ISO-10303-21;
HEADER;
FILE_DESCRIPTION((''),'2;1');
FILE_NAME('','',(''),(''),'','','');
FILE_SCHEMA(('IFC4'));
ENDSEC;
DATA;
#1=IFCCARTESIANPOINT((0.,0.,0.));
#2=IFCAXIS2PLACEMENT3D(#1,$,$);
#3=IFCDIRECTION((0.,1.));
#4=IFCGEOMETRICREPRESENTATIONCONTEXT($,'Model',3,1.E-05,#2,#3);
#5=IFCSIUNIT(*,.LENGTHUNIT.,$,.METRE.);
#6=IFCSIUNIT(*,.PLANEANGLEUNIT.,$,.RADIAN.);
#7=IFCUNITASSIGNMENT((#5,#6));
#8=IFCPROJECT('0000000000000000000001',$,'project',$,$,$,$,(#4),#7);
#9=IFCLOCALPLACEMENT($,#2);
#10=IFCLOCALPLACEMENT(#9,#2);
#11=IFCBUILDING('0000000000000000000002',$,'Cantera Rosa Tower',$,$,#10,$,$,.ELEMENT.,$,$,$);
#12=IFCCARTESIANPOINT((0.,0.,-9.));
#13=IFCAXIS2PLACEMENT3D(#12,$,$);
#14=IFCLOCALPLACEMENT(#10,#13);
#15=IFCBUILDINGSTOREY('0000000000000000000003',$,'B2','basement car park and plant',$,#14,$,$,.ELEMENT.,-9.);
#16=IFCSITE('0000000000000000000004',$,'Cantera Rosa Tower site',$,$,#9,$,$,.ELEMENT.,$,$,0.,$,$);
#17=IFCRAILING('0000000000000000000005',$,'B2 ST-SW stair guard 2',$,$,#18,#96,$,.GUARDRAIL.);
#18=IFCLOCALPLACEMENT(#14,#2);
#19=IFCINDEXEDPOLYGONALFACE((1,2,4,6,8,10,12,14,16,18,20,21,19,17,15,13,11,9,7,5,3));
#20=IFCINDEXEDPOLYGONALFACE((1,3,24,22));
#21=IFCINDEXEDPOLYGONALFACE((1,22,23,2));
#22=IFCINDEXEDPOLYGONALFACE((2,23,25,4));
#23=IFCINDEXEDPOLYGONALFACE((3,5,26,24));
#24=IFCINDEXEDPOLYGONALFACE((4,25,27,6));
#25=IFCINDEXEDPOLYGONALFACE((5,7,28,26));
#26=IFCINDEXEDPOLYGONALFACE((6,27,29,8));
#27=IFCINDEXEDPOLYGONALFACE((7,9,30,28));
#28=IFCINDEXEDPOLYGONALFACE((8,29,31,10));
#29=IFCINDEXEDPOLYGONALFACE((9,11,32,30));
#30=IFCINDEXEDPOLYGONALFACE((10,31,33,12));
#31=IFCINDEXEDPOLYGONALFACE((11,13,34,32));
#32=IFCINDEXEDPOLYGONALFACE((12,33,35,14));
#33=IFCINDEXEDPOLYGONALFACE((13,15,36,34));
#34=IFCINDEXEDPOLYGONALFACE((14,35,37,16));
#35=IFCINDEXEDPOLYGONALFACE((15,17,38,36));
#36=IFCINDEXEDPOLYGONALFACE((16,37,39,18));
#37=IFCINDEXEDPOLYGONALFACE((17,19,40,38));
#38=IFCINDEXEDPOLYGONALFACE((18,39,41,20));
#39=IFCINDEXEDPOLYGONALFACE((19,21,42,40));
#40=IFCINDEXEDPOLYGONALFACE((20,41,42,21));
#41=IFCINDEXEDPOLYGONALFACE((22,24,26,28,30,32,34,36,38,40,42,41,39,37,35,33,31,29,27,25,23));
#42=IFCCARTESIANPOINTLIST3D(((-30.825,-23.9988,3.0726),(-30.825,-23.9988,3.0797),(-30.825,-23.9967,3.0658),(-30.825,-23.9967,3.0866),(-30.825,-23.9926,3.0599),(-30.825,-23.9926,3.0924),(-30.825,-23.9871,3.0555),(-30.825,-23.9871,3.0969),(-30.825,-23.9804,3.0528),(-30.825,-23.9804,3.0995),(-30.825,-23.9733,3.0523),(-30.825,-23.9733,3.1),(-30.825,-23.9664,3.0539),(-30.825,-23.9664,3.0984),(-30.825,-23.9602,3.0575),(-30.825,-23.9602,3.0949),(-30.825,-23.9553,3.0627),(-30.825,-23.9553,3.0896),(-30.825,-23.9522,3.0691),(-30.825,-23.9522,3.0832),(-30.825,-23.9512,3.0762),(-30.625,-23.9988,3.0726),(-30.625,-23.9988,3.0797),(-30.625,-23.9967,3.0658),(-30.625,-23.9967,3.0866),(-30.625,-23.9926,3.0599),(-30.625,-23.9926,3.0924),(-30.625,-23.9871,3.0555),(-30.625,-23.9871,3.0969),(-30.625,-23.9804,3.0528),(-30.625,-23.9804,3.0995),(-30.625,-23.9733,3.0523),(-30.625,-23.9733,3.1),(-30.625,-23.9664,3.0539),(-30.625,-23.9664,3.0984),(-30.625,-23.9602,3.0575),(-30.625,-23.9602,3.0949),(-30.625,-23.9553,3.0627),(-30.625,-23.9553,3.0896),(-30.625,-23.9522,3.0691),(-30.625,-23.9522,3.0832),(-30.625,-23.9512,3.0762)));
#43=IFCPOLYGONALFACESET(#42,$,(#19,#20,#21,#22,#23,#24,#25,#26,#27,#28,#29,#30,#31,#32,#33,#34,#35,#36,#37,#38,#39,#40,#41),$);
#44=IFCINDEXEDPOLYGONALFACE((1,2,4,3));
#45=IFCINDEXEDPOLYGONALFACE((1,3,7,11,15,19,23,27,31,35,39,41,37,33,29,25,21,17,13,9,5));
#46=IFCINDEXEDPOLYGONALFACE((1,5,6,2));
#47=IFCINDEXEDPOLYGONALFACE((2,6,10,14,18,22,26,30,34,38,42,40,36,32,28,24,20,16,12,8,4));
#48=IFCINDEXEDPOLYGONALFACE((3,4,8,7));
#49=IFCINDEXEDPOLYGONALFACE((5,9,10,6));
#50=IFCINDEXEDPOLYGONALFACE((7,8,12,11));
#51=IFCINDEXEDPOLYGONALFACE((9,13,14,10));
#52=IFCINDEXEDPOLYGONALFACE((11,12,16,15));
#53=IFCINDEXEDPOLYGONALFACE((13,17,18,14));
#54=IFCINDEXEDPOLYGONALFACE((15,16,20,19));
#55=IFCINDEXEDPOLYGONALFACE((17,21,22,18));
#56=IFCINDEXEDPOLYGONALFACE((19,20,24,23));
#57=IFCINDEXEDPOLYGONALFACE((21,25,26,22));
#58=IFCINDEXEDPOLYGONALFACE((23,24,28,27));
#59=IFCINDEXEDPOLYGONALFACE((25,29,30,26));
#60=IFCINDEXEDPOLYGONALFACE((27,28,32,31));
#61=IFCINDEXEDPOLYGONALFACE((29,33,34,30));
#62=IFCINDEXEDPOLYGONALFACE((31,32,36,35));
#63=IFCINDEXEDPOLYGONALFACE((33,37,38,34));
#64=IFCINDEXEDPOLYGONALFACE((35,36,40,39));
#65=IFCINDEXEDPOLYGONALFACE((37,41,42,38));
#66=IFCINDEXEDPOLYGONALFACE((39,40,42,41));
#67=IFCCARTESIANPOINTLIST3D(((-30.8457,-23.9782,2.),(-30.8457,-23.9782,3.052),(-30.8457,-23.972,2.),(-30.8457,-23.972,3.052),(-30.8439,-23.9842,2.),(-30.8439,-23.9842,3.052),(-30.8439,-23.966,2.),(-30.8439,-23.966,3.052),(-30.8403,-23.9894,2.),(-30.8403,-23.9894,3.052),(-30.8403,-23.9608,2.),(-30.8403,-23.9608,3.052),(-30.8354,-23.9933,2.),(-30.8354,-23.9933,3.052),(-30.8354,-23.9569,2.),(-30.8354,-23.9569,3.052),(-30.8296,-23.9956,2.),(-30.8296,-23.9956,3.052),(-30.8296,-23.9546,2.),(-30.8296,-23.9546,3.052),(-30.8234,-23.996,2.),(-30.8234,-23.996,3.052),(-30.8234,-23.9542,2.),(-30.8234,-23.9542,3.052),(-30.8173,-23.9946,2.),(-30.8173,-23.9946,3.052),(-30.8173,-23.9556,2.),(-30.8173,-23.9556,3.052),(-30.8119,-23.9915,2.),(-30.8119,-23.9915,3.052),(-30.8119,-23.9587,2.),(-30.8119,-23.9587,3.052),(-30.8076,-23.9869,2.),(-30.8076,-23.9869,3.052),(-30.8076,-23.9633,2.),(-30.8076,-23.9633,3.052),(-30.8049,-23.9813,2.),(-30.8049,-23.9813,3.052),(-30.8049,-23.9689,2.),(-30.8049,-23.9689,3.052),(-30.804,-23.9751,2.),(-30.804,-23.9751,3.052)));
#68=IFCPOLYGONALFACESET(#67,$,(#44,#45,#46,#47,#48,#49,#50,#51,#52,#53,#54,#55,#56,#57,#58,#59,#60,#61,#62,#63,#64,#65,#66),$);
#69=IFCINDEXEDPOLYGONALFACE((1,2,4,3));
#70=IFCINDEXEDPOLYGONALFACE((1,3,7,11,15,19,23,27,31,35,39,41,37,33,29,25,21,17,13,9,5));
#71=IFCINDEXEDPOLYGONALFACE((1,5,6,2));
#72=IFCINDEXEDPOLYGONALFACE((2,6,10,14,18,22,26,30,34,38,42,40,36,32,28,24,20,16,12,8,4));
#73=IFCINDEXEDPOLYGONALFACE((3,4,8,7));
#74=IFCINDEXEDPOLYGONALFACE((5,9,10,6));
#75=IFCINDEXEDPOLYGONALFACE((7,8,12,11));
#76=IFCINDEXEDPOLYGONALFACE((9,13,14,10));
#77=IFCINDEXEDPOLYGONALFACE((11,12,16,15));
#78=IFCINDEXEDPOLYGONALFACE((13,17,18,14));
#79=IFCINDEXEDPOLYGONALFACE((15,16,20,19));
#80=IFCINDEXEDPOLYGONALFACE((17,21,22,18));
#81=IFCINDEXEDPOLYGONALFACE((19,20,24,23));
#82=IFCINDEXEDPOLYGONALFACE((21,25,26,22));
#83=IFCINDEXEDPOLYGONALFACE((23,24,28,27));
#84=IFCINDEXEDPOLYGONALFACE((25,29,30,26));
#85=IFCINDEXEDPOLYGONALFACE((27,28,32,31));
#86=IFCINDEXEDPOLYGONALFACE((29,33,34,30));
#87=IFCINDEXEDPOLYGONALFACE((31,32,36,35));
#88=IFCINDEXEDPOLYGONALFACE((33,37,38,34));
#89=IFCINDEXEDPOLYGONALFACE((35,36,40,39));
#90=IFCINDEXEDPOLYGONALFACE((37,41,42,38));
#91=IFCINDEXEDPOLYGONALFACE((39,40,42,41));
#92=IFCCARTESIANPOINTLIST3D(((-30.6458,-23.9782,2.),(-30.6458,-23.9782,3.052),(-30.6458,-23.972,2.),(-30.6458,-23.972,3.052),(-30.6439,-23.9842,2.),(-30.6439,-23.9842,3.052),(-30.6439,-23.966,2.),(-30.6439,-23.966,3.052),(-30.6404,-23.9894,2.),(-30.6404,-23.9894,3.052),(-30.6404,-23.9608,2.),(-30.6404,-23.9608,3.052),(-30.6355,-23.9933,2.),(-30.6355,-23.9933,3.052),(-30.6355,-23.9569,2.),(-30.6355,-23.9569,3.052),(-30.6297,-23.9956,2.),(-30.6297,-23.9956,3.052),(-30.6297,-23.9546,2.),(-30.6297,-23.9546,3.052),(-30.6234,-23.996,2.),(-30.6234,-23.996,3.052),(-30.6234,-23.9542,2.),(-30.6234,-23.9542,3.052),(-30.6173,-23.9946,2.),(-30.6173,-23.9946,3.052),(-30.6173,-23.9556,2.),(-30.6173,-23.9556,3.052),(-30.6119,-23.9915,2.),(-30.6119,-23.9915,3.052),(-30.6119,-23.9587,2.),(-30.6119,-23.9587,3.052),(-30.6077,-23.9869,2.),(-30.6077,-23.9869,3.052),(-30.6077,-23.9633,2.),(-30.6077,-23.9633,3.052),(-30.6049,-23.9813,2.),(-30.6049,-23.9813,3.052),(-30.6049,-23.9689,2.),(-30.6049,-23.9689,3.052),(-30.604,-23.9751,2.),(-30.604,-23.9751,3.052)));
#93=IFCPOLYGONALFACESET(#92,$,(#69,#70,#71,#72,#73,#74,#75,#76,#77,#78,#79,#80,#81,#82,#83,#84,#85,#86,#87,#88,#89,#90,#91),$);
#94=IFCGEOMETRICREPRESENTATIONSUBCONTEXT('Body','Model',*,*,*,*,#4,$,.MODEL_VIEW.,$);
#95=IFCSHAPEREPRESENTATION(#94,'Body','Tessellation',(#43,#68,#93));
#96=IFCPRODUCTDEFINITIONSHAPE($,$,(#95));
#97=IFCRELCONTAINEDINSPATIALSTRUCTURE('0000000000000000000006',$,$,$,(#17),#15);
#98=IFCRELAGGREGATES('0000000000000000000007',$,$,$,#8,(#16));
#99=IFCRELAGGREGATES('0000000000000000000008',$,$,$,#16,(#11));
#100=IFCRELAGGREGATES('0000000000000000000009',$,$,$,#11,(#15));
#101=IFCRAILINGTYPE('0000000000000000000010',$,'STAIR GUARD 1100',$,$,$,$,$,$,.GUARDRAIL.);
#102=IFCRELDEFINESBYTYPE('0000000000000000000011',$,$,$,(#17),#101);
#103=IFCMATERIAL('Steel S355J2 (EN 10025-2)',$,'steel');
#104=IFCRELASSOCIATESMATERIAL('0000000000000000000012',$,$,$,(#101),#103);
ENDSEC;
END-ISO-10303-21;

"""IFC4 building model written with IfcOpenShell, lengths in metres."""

from ifc_helpers import new_model, si_unit, direction, frame, origin, origin_2d, place, context, subcontext, project, spatial, circle, extrude, material, type_object, element, save


model = new_model("IFC4")

# Units and contexts
model_context = context("Model", 3, precision=1e-05, world=origin(), true_north=direction((0.0, 1.0)))
body_context = subcontext(model_context, "Body", "Model", "MODEL_VIEW")
ifc_project = project(units=[si_unit("LENGTHUNIT", "METRE"), si_unit("PLANEANGLEUNIT", "RADIAN")], contexts=[model_context])

# Site, building, storey
site_placement = place(None, origin())
site = spatial("IfcSite", under=ifc_project, at=site_placement, Name="Cantera Rosa Tower site", CompositionType="ELEMENT", RefElevation=0.0)
building_placement = place(site_placement, origin())
building = spatial("IfcBuilding", under=site, at=building_placement, Name="Cantera Rosa Tower", CompositionType="ELEMENT")
storey_placement = place(building_placement, frame((0.0, 0.0, -9.0)))
storey = spatial("IfcBuildingStorey", under=building, at=storey_placement, Name="B2", Description="basement car park and plant", CompositionType="ELEMENT", Elevation=-9.0)

# Railing
ifc_material_1 = material(Name="Steel S355J2 (EN 10025-2)", Category="steel")
railing_type_1 = type_object("IfcRailingType", Name="STAIR GUARD 1100", PredefinedType="GUARDRAIL", material=ifc_material_1)
railing_1_placement = place(storey_placement, frame((-30.825, -23.9751, 2.0)))
element("IfcRailing", 1, at=railing_1_placement, inside=storey, type_object=railing_type_1, Name="B2 ST-SW stair guard 2", PredefinedType="GUARDRAIL", context=body_context, shape_type="SweptSolid", body=[
    extrude(circle(Radius=0.0239, at=origin_2d()), frame((0.0, 0.0, 1.0762), z_axis=(1.0, 0.0, 0.0), x_axis=(0.0, 1.0, 0.0)), (0.0, 0.0, 1.0), 0.2),
    extrude(circle(Radius=0.021, at=origin_2d()), origin(), (0.0, 0.0, 1.0), 1.052),
    extrude(circle(Radius=0.021, at=origin_2d()), frame((0.2, 0.0, 0.0)), (0.0, 0.0, 1.0), 1.052),
])

save(model, "model.ifc")
